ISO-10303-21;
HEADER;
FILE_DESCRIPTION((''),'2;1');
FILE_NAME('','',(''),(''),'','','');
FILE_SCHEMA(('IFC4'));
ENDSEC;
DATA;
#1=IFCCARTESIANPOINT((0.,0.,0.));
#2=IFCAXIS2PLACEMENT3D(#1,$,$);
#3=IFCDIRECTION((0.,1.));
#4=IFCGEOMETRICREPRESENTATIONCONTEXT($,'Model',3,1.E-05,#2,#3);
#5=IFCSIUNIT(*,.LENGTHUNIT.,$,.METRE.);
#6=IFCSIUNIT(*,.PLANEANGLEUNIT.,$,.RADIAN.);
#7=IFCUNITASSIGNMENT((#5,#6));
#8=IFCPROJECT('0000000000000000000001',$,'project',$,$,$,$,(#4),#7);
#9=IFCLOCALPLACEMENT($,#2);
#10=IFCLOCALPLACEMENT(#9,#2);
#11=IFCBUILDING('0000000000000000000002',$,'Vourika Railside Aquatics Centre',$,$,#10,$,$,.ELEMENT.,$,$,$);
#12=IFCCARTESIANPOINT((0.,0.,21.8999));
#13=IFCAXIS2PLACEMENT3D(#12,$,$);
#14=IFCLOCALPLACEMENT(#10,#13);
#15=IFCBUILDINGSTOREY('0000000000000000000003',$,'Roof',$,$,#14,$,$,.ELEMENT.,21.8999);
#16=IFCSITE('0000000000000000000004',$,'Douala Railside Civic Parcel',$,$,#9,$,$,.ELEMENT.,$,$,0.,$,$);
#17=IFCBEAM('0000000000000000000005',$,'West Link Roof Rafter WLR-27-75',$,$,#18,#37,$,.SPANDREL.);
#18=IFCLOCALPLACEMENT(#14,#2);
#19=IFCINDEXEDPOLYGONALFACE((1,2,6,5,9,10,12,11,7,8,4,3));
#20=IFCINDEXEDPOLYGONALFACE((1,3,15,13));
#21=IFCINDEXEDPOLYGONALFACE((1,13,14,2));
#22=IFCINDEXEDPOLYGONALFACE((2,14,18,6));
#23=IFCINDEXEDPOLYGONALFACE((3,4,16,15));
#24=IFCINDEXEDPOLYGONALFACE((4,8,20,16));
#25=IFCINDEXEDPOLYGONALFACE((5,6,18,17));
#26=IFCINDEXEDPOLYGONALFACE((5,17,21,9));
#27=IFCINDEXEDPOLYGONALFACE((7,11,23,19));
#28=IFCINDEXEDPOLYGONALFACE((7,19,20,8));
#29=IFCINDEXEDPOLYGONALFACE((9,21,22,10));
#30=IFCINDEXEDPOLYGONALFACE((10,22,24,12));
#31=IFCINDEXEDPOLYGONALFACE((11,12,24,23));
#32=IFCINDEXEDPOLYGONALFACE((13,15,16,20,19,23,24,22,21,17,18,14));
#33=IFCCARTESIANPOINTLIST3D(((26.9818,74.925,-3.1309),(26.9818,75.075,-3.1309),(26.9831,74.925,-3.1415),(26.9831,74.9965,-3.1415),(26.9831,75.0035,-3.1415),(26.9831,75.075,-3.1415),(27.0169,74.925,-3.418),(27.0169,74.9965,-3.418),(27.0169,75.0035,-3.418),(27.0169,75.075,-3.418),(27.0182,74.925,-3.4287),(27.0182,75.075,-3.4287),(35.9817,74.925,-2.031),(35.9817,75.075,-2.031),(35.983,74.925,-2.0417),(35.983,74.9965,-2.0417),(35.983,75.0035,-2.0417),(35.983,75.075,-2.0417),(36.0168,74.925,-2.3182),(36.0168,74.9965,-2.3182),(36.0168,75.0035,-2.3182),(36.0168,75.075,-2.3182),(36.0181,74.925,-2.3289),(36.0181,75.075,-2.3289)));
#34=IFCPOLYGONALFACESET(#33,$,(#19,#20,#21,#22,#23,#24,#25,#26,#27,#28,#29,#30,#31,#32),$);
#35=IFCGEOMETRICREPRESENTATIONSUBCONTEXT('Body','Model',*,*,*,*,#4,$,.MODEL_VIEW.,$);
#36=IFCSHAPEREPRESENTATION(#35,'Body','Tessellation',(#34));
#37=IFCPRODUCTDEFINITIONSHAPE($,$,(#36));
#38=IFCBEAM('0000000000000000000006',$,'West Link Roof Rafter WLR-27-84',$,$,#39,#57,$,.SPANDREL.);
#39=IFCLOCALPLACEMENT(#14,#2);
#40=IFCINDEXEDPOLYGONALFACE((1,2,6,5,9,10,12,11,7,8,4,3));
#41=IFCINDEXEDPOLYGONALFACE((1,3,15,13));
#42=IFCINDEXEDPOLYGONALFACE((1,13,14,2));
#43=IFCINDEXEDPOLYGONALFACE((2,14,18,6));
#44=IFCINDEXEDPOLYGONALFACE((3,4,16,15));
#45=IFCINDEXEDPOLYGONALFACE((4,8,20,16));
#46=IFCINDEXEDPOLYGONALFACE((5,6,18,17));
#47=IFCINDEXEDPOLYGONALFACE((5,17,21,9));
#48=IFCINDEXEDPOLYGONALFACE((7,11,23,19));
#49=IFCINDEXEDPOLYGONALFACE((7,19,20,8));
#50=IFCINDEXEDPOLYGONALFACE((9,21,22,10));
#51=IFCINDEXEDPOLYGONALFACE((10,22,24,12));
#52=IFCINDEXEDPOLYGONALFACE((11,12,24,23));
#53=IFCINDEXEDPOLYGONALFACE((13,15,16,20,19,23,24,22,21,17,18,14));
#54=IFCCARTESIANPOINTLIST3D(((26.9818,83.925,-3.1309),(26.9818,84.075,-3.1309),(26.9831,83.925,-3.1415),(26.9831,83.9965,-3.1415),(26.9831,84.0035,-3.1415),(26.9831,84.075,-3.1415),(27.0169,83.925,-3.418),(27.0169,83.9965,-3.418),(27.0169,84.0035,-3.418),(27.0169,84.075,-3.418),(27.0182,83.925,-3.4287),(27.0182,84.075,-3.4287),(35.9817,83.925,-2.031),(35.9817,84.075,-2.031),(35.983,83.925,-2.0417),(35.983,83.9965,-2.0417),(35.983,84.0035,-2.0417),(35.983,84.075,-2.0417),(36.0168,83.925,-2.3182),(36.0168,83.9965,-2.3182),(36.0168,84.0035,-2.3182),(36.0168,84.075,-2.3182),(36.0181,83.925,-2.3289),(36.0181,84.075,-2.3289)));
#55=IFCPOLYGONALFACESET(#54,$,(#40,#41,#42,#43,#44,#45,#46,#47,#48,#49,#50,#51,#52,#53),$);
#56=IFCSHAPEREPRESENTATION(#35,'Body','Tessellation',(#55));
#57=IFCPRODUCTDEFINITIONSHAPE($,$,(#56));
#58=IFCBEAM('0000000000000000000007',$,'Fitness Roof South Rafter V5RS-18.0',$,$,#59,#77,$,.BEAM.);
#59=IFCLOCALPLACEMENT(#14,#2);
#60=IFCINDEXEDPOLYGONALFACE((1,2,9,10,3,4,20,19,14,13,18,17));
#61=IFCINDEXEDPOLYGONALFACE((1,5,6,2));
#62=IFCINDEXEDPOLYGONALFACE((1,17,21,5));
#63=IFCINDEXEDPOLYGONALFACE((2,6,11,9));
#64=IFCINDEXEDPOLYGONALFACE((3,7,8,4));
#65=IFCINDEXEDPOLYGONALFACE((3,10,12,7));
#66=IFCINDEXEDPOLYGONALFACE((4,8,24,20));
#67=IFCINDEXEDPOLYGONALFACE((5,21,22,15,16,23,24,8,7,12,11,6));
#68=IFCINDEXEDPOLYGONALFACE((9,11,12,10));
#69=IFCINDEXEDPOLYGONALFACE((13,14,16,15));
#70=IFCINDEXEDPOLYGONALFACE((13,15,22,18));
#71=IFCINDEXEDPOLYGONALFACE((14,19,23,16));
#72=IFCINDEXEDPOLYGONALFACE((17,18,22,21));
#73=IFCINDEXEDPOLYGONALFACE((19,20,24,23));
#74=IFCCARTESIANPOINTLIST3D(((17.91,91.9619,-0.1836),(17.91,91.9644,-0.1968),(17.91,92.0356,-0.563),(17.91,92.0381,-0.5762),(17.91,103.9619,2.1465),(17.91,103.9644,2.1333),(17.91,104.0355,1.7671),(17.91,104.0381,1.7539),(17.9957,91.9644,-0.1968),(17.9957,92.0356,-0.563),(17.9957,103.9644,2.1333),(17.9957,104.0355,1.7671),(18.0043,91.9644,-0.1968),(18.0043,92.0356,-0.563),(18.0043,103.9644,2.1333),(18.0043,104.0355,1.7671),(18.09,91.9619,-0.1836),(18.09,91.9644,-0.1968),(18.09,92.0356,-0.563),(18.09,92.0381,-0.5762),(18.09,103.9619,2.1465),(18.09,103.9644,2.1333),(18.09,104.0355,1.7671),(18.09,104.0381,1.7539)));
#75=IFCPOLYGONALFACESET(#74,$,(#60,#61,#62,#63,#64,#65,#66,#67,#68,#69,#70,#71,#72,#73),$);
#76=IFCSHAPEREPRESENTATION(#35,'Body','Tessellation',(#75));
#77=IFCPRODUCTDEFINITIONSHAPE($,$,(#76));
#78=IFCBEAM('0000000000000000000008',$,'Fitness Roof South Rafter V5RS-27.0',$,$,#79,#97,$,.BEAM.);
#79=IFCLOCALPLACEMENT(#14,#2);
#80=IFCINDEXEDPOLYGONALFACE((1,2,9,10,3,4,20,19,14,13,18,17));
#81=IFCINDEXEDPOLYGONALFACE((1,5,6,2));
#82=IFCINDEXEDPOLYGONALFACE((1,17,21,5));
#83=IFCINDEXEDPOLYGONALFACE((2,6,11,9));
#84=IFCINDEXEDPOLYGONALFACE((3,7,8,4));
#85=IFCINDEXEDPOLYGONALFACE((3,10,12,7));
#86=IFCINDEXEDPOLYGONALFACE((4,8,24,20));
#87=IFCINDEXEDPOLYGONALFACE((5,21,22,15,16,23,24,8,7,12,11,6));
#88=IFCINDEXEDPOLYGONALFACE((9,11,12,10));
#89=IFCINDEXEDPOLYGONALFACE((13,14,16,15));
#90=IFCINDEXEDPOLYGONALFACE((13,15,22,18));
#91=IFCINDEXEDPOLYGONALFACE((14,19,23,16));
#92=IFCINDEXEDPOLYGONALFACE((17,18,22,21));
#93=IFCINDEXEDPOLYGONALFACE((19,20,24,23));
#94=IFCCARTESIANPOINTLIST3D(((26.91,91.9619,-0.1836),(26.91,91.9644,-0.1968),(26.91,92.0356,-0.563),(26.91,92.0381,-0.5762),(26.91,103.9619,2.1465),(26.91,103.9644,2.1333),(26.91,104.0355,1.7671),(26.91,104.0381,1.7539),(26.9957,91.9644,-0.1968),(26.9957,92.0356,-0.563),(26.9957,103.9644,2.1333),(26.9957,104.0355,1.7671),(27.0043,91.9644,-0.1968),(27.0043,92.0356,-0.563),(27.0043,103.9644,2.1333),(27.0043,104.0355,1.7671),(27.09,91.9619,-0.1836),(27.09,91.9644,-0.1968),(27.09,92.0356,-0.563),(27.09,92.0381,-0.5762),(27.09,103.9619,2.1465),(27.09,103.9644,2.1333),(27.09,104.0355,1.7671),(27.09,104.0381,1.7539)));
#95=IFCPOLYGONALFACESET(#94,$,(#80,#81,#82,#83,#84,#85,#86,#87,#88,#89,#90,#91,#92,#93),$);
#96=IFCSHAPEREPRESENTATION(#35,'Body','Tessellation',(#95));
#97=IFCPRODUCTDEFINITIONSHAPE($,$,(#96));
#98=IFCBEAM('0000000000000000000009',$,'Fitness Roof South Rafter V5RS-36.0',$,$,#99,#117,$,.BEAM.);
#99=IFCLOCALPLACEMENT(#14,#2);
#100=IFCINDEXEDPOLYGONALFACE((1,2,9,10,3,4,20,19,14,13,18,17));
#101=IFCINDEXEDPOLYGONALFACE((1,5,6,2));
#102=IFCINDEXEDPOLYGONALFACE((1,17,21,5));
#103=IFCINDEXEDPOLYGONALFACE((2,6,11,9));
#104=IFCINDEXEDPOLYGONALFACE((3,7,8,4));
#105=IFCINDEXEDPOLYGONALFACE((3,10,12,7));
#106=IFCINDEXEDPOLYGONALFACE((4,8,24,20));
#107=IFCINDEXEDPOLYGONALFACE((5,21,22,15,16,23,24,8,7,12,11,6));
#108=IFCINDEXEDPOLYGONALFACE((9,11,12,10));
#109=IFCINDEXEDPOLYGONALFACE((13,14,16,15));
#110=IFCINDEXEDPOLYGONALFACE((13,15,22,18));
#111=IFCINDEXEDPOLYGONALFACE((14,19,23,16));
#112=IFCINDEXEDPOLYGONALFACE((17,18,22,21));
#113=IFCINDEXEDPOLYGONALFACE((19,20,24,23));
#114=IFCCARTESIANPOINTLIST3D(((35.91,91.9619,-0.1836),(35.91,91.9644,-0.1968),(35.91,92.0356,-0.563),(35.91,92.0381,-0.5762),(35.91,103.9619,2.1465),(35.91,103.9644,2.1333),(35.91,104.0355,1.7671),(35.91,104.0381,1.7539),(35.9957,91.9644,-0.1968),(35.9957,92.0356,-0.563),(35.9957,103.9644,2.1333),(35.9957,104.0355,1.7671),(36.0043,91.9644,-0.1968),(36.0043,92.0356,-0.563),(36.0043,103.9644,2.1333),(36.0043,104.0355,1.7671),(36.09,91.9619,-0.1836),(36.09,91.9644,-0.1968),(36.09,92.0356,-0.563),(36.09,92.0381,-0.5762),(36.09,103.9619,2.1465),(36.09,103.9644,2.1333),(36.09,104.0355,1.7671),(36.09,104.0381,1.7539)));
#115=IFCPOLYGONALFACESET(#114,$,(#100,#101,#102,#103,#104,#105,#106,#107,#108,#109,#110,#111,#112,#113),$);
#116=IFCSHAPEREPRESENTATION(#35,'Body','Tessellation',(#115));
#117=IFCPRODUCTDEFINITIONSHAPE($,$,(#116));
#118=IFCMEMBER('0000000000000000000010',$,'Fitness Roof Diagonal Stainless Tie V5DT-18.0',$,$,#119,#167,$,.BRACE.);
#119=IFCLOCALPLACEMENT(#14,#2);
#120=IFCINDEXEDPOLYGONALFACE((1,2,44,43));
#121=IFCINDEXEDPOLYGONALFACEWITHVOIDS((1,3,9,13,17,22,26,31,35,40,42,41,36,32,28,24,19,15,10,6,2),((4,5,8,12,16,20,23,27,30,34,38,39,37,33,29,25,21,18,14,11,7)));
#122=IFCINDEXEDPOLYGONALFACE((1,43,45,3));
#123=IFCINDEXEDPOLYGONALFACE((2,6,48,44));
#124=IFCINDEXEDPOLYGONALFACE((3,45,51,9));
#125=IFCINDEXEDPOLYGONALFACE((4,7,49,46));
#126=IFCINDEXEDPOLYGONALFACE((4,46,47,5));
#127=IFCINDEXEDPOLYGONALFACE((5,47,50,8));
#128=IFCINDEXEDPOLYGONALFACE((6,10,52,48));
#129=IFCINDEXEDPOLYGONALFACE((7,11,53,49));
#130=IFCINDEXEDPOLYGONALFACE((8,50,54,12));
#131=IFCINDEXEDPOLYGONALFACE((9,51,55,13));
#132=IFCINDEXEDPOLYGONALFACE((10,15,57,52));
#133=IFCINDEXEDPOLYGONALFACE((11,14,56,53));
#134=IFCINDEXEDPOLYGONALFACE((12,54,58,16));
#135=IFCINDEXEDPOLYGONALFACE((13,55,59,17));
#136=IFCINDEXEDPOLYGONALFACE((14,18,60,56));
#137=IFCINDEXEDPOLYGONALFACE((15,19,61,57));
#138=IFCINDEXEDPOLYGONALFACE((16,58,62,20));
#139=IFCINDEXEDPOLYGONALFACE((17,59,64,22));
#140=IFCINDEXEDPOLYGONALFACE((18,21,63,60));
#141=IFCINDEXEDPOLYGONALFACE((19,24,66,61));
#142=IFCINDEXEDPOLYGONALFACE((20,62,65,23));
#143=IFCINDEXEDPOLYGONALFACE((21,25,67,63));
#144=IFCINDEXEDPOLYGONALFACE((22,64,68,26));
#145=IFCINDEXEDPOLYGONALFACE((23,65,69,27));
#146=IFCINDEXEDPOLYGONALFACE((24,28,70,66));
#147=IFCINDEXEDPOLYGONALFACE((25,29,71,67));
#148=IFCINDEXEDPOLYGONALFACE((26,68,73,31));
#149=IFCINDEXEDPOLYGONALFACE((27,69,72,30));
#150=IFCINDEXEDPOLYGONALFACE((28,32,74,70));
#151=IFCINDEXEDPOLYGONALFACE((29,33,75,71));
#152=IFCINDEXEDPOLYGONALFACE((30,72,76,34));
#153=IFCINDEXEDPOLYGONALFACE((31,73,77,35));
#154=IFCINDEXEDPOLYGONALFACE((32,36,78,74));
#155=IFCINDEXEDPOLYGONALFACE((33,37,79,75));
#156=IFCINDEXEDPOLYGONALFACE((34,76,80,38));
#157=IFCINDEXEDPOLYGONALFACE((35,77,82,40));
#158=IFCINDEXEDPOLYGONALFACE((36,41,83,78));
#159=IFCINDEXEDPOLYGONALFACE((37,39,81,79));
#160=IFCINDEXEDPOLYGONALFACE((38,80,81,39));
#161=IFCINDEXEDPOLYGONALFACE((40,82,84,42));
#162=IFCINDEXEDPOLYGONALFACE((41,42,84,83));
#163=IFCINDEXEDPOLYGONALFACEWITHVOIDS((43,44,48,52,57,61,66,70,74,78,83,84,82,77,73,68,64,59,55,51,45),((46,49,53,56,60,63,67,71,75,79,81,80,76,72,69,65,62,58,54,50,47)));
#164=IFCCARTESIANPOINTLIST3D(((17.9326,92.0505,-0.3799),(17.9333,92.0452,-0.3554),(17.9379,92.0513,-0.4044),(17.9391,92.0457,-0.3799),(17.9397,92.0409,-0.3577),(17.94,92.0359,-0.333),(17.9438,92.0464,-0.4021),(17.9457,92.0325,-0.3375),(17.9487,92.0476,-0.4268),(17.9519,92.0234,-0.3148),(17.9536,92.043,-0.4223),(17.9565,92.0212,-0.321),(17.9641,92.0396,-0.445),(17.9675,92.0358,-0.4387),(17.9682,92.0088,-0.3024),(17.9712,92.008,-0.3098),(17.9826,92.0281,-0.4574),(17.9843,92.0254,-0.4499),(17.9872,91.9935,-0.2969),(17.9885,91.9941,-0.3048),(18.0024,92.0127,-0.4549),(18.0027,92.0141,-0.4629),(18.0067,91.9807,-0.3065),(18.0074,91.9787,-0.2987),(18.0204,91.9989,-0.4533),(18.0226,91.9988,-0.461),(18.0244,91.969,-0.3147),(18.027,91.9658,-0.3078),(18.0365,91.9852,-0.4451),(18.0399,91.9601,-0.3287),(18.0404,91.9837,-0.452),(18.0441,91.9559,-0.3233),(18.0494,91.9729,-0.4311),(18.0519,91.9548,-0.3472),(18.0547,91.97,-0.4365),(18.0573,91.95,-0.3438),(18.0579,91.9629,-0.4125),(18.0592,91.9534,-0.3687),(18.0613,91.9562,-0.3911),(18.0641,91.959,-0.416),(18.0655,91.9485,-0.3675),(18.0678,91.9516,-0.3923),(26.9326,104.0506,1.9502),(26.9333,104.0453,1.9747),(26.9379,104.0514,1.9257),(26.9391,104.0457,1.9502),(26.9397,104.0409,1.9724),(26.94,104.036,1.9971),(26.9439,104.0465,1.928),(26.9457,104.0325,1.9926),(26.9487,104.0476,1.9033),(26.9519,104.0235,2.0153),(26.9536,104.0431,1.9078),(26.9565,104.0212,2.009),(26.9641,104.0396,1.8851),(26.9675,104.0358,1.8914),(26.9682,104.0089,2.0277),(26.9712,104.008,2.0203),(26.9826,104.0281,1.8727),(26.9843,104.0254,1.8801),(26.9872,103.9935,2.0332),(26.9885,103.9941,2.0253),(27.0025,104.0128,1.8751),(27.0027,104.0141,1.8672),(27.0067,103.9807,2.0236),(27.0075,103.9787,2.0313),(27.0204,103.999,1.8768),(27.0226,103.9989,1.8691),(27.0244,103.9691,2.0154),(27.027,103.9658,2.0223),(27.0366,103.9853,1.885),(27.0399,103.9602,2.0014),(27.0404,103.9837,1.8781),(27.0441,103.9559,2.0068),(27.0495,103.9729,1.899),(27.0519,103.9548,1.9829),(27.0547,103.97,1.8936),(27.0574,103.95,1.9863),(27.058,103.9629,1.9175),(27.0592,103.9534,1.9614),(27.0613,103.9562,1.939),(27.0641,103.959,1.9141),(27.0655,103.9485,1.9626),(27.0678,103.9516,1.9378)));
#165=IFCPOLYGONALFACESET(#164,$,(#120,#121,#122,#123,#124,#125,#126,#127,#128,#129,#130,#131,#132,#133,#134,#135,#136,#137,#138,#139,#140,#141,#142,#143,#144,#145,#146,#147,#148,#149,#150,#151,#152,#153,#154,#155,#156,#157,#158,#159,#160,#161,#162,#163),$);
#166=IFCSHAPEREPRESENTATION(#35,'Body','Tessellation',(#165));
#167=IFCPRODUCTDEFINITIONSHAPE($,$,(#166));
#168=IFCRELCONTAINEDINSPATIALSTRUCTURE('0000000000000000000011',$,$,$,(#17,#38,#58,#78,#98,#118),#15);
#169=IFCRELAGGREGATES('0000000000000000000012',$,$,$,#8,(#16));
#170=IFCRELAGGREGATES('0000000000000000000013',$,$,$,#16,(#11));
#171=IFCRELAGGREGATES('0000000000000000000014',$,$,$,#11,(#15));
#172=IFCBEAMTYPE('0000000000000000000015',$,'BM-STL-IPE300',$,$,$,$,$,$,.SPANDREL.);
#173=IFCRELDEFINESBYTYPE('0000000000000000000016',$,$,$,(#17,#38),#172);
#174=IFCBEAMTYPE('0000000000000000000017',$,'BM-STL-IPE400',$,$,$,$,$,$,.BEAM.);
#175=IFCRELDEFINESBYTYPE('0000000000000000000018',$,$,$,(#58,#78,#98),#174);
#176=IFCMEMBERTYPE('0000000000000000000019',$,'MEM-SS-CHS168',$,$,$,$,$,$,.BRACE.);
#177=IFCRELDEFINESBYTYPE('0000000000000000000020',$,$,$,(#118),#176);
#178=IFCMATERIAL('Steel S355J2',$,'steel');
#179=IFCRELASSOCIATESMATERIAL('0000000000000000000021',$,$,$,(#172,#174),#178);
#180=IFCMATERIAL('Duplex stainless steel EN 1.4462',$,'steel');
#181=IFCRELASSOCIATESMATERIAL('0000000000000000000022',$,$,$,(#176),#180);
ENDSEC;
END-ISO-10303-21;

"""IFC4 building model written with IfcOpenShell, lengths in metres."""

from ifc_helpers import new_model, si_unit, direction, frame, origin, origin_2d, place, context, subcontext, project, spatial, hollow_circle, i_section, extrude, material, material_profile, profile_set, type_object, element, save


model = new_model("IFC4")

# Units and contexts
model_context = context("Model", 3, precision=1e-05, world=origin(), true_north=direction((0.0, 1.0)))
body_context = subcontext(model_context, "Body", "Model", "MODEL_VIEW")
ifc_project = project(units=[si_unit("LENGTHUNIT", "METRE"), si_unit("PLANEANGLEUNIT", "RADIAN")], contexts=[model_context])

# Site, building, storey
site_placement = place(None, origin())
site = spatial("IfcSite", under=ifc_project, at=site_placement, Name="Douala Railside Civic Parcel", CompositionType="ELEMENT", RefElevation=0.0)
building_placement = place(site_placement, origin())
building = spatial("IfcBuilding", under=site, at=building_placement, Name="Vourika Railside Aquatics Centre", CompositionType="ELEMENT")
storey_placement = place(building_placement, frame((0.0, 0.0, 21.8999)))
storey = spatial("IfcBuildingStorey", under=building, at=storey_placement, Name="Roof", CompositionType="ELEMENT", Elevation=21.8999)

# Shared definitions
ifc_material_1 = material(Name="Steel S355J2", Category="steel")

# Beams
ifc_material_profile_1 = material_profile(ifc_material_1, i_section(OverallWidth=0.1499, OverallDepth=0.3, WebThickness=0.0071, FlangeThickness=0.0107, at=origin_2d()), Name="IPE 300")
ifc_profile_set_1 = profile_set([ifc_material_profile_1], Name="Steel S355J2")
beam_type_1 = type_object("IfcBeamType", Name="BM-STL-IPE300", PredefinedType="SPANDREL", material=ifc_profile_set_1)
for number, where, z_axis, x_axis, name in (
    (1, (27.0, 75.0, -3.2798), (0.992615, 0.0, 0.121304), (0.0, 1.0, 0.0), "West Link Roof Rafter WLR-27-75"),
    (2, (27.0, 84.0, -3.2798), (0.992615, 0.0, 0.121304), (0.0, 1.0, 0.0), "West Link Roof Rafter WLR-27-84"),
):
    element("IfcBeam", number, at=place(storey_placement, frame(where, z_axis=z_axis, x_axis=x_axis)), inside=storey, type_object=beam_type_1, Name=name, PredefinedType="SPANDREL", context=body_context, shape_type="SweptSolid", body=[
        extrude(i_section(OverallWidth=0.1499, OverallDepth=0.3, WebThickness=0.0071, FlangeThickness=0.0107, at=origin_2d()), origin(), (0.0, 0.0, 1.0), 9.0669),
    ])
ifc_material_profile_2 = material_profile(ifc_material_1, i_section(OverallWidth=0.1799, OverallDepth=0.3999, WebThickness=0.0085, FlangeThickness=0.0134, at=origin_2d()), Name="IPE 400")
ifc_profile_set_2 = profile_set([ifc_material_profile_2], Name="Steel S355J2")
beam_type_2 = type_object("IfcBeamType", Name="BM-STL-IPE400", PredefinedType="BEAM", material=ifc_profile_set_2)
for number, where, z_axis, x_axis, name in (
    (3, (18.0, 92.0, -0.3799), (0.0, 0.981665, 0.190613), (-1.0, 0.0, 0.0), "Fitness Roof South Rafter V5RS-18.0"),
    (4, (27.0, 92.0, -0.3799), (0.0, 0.981665, 0.190613), (-1.0, 0.0, 0.0), "Fitness Roof South Rafter V5RS-27.0"),
    (5, (36.0, 92.0, -0.3799), (0.0, 0.981665, 0.190613), (-1.0, 0.0, 0.0), "Fitness Roof South Rafter V5RS-36.0"),
):
    element("IfcBeam", number, at=place(storey_placement, frame(where, z_axis=z_axis, x_axis=x_axis)), inside=storey, type_object=beam_type_2, Name=name, PredefinedType="BEAM", context=body_context, shape_type="SweptSolid", body=[
        extrude(i_section(OverallWidth=0.1799, OverallDepth=0.3999, WebThickness=0.0085, FlangeThickness=0.0134, at=origin_2d()), origin(), (0.0, 0.0, 1.0), 12.2241),
    ])

# Member
ifc_material_2 = material(Name="Duplex stainless steel EN 1.4462", Category="steel")
ifc_material_profile_3 = material_profile(ifc_material_2, hollow_circle(Radius=0.0842, WallThickness=0.0081, at=origin_2d()), Name="CHS 168.3x8")
ifc_profile_set_3 = profile_set([ifc_material_profile_3], Name="Duplex stainless steel EN 1.4462")
member_type_1 = type_object("IfcMemberType", Name="MEM-SS-CHS168", PredefinedType="BRACE", material=ifc_profile_set_3)
for number, where, z_axis, x_axis, name in (
    (6, (18.0, 92.0, -0.3799), (0.592889, 0.790519, 0.153498), (-0.8, 0.6, 0.0), "Fitness Roof Diagonal Stainless Tie V5DT-18.0"),
):
    element("IfcMember", number, at=place(storey_placement, frame(where, z_axis=z_axis, x_axis=x_axis)), inside=storey, type_object=member_type_1, Name=name, PredefinedType="BRACE", context=body_context, shape_type="SweptSolid", body=[
        extrude(hollow_circle(Radius=0.0842, WallThickness=0.0081, at=origin_2d()), origin(), (0.0, 0.0, 1.0), 15.1799),
    ])

save(model, "model.ifc")
